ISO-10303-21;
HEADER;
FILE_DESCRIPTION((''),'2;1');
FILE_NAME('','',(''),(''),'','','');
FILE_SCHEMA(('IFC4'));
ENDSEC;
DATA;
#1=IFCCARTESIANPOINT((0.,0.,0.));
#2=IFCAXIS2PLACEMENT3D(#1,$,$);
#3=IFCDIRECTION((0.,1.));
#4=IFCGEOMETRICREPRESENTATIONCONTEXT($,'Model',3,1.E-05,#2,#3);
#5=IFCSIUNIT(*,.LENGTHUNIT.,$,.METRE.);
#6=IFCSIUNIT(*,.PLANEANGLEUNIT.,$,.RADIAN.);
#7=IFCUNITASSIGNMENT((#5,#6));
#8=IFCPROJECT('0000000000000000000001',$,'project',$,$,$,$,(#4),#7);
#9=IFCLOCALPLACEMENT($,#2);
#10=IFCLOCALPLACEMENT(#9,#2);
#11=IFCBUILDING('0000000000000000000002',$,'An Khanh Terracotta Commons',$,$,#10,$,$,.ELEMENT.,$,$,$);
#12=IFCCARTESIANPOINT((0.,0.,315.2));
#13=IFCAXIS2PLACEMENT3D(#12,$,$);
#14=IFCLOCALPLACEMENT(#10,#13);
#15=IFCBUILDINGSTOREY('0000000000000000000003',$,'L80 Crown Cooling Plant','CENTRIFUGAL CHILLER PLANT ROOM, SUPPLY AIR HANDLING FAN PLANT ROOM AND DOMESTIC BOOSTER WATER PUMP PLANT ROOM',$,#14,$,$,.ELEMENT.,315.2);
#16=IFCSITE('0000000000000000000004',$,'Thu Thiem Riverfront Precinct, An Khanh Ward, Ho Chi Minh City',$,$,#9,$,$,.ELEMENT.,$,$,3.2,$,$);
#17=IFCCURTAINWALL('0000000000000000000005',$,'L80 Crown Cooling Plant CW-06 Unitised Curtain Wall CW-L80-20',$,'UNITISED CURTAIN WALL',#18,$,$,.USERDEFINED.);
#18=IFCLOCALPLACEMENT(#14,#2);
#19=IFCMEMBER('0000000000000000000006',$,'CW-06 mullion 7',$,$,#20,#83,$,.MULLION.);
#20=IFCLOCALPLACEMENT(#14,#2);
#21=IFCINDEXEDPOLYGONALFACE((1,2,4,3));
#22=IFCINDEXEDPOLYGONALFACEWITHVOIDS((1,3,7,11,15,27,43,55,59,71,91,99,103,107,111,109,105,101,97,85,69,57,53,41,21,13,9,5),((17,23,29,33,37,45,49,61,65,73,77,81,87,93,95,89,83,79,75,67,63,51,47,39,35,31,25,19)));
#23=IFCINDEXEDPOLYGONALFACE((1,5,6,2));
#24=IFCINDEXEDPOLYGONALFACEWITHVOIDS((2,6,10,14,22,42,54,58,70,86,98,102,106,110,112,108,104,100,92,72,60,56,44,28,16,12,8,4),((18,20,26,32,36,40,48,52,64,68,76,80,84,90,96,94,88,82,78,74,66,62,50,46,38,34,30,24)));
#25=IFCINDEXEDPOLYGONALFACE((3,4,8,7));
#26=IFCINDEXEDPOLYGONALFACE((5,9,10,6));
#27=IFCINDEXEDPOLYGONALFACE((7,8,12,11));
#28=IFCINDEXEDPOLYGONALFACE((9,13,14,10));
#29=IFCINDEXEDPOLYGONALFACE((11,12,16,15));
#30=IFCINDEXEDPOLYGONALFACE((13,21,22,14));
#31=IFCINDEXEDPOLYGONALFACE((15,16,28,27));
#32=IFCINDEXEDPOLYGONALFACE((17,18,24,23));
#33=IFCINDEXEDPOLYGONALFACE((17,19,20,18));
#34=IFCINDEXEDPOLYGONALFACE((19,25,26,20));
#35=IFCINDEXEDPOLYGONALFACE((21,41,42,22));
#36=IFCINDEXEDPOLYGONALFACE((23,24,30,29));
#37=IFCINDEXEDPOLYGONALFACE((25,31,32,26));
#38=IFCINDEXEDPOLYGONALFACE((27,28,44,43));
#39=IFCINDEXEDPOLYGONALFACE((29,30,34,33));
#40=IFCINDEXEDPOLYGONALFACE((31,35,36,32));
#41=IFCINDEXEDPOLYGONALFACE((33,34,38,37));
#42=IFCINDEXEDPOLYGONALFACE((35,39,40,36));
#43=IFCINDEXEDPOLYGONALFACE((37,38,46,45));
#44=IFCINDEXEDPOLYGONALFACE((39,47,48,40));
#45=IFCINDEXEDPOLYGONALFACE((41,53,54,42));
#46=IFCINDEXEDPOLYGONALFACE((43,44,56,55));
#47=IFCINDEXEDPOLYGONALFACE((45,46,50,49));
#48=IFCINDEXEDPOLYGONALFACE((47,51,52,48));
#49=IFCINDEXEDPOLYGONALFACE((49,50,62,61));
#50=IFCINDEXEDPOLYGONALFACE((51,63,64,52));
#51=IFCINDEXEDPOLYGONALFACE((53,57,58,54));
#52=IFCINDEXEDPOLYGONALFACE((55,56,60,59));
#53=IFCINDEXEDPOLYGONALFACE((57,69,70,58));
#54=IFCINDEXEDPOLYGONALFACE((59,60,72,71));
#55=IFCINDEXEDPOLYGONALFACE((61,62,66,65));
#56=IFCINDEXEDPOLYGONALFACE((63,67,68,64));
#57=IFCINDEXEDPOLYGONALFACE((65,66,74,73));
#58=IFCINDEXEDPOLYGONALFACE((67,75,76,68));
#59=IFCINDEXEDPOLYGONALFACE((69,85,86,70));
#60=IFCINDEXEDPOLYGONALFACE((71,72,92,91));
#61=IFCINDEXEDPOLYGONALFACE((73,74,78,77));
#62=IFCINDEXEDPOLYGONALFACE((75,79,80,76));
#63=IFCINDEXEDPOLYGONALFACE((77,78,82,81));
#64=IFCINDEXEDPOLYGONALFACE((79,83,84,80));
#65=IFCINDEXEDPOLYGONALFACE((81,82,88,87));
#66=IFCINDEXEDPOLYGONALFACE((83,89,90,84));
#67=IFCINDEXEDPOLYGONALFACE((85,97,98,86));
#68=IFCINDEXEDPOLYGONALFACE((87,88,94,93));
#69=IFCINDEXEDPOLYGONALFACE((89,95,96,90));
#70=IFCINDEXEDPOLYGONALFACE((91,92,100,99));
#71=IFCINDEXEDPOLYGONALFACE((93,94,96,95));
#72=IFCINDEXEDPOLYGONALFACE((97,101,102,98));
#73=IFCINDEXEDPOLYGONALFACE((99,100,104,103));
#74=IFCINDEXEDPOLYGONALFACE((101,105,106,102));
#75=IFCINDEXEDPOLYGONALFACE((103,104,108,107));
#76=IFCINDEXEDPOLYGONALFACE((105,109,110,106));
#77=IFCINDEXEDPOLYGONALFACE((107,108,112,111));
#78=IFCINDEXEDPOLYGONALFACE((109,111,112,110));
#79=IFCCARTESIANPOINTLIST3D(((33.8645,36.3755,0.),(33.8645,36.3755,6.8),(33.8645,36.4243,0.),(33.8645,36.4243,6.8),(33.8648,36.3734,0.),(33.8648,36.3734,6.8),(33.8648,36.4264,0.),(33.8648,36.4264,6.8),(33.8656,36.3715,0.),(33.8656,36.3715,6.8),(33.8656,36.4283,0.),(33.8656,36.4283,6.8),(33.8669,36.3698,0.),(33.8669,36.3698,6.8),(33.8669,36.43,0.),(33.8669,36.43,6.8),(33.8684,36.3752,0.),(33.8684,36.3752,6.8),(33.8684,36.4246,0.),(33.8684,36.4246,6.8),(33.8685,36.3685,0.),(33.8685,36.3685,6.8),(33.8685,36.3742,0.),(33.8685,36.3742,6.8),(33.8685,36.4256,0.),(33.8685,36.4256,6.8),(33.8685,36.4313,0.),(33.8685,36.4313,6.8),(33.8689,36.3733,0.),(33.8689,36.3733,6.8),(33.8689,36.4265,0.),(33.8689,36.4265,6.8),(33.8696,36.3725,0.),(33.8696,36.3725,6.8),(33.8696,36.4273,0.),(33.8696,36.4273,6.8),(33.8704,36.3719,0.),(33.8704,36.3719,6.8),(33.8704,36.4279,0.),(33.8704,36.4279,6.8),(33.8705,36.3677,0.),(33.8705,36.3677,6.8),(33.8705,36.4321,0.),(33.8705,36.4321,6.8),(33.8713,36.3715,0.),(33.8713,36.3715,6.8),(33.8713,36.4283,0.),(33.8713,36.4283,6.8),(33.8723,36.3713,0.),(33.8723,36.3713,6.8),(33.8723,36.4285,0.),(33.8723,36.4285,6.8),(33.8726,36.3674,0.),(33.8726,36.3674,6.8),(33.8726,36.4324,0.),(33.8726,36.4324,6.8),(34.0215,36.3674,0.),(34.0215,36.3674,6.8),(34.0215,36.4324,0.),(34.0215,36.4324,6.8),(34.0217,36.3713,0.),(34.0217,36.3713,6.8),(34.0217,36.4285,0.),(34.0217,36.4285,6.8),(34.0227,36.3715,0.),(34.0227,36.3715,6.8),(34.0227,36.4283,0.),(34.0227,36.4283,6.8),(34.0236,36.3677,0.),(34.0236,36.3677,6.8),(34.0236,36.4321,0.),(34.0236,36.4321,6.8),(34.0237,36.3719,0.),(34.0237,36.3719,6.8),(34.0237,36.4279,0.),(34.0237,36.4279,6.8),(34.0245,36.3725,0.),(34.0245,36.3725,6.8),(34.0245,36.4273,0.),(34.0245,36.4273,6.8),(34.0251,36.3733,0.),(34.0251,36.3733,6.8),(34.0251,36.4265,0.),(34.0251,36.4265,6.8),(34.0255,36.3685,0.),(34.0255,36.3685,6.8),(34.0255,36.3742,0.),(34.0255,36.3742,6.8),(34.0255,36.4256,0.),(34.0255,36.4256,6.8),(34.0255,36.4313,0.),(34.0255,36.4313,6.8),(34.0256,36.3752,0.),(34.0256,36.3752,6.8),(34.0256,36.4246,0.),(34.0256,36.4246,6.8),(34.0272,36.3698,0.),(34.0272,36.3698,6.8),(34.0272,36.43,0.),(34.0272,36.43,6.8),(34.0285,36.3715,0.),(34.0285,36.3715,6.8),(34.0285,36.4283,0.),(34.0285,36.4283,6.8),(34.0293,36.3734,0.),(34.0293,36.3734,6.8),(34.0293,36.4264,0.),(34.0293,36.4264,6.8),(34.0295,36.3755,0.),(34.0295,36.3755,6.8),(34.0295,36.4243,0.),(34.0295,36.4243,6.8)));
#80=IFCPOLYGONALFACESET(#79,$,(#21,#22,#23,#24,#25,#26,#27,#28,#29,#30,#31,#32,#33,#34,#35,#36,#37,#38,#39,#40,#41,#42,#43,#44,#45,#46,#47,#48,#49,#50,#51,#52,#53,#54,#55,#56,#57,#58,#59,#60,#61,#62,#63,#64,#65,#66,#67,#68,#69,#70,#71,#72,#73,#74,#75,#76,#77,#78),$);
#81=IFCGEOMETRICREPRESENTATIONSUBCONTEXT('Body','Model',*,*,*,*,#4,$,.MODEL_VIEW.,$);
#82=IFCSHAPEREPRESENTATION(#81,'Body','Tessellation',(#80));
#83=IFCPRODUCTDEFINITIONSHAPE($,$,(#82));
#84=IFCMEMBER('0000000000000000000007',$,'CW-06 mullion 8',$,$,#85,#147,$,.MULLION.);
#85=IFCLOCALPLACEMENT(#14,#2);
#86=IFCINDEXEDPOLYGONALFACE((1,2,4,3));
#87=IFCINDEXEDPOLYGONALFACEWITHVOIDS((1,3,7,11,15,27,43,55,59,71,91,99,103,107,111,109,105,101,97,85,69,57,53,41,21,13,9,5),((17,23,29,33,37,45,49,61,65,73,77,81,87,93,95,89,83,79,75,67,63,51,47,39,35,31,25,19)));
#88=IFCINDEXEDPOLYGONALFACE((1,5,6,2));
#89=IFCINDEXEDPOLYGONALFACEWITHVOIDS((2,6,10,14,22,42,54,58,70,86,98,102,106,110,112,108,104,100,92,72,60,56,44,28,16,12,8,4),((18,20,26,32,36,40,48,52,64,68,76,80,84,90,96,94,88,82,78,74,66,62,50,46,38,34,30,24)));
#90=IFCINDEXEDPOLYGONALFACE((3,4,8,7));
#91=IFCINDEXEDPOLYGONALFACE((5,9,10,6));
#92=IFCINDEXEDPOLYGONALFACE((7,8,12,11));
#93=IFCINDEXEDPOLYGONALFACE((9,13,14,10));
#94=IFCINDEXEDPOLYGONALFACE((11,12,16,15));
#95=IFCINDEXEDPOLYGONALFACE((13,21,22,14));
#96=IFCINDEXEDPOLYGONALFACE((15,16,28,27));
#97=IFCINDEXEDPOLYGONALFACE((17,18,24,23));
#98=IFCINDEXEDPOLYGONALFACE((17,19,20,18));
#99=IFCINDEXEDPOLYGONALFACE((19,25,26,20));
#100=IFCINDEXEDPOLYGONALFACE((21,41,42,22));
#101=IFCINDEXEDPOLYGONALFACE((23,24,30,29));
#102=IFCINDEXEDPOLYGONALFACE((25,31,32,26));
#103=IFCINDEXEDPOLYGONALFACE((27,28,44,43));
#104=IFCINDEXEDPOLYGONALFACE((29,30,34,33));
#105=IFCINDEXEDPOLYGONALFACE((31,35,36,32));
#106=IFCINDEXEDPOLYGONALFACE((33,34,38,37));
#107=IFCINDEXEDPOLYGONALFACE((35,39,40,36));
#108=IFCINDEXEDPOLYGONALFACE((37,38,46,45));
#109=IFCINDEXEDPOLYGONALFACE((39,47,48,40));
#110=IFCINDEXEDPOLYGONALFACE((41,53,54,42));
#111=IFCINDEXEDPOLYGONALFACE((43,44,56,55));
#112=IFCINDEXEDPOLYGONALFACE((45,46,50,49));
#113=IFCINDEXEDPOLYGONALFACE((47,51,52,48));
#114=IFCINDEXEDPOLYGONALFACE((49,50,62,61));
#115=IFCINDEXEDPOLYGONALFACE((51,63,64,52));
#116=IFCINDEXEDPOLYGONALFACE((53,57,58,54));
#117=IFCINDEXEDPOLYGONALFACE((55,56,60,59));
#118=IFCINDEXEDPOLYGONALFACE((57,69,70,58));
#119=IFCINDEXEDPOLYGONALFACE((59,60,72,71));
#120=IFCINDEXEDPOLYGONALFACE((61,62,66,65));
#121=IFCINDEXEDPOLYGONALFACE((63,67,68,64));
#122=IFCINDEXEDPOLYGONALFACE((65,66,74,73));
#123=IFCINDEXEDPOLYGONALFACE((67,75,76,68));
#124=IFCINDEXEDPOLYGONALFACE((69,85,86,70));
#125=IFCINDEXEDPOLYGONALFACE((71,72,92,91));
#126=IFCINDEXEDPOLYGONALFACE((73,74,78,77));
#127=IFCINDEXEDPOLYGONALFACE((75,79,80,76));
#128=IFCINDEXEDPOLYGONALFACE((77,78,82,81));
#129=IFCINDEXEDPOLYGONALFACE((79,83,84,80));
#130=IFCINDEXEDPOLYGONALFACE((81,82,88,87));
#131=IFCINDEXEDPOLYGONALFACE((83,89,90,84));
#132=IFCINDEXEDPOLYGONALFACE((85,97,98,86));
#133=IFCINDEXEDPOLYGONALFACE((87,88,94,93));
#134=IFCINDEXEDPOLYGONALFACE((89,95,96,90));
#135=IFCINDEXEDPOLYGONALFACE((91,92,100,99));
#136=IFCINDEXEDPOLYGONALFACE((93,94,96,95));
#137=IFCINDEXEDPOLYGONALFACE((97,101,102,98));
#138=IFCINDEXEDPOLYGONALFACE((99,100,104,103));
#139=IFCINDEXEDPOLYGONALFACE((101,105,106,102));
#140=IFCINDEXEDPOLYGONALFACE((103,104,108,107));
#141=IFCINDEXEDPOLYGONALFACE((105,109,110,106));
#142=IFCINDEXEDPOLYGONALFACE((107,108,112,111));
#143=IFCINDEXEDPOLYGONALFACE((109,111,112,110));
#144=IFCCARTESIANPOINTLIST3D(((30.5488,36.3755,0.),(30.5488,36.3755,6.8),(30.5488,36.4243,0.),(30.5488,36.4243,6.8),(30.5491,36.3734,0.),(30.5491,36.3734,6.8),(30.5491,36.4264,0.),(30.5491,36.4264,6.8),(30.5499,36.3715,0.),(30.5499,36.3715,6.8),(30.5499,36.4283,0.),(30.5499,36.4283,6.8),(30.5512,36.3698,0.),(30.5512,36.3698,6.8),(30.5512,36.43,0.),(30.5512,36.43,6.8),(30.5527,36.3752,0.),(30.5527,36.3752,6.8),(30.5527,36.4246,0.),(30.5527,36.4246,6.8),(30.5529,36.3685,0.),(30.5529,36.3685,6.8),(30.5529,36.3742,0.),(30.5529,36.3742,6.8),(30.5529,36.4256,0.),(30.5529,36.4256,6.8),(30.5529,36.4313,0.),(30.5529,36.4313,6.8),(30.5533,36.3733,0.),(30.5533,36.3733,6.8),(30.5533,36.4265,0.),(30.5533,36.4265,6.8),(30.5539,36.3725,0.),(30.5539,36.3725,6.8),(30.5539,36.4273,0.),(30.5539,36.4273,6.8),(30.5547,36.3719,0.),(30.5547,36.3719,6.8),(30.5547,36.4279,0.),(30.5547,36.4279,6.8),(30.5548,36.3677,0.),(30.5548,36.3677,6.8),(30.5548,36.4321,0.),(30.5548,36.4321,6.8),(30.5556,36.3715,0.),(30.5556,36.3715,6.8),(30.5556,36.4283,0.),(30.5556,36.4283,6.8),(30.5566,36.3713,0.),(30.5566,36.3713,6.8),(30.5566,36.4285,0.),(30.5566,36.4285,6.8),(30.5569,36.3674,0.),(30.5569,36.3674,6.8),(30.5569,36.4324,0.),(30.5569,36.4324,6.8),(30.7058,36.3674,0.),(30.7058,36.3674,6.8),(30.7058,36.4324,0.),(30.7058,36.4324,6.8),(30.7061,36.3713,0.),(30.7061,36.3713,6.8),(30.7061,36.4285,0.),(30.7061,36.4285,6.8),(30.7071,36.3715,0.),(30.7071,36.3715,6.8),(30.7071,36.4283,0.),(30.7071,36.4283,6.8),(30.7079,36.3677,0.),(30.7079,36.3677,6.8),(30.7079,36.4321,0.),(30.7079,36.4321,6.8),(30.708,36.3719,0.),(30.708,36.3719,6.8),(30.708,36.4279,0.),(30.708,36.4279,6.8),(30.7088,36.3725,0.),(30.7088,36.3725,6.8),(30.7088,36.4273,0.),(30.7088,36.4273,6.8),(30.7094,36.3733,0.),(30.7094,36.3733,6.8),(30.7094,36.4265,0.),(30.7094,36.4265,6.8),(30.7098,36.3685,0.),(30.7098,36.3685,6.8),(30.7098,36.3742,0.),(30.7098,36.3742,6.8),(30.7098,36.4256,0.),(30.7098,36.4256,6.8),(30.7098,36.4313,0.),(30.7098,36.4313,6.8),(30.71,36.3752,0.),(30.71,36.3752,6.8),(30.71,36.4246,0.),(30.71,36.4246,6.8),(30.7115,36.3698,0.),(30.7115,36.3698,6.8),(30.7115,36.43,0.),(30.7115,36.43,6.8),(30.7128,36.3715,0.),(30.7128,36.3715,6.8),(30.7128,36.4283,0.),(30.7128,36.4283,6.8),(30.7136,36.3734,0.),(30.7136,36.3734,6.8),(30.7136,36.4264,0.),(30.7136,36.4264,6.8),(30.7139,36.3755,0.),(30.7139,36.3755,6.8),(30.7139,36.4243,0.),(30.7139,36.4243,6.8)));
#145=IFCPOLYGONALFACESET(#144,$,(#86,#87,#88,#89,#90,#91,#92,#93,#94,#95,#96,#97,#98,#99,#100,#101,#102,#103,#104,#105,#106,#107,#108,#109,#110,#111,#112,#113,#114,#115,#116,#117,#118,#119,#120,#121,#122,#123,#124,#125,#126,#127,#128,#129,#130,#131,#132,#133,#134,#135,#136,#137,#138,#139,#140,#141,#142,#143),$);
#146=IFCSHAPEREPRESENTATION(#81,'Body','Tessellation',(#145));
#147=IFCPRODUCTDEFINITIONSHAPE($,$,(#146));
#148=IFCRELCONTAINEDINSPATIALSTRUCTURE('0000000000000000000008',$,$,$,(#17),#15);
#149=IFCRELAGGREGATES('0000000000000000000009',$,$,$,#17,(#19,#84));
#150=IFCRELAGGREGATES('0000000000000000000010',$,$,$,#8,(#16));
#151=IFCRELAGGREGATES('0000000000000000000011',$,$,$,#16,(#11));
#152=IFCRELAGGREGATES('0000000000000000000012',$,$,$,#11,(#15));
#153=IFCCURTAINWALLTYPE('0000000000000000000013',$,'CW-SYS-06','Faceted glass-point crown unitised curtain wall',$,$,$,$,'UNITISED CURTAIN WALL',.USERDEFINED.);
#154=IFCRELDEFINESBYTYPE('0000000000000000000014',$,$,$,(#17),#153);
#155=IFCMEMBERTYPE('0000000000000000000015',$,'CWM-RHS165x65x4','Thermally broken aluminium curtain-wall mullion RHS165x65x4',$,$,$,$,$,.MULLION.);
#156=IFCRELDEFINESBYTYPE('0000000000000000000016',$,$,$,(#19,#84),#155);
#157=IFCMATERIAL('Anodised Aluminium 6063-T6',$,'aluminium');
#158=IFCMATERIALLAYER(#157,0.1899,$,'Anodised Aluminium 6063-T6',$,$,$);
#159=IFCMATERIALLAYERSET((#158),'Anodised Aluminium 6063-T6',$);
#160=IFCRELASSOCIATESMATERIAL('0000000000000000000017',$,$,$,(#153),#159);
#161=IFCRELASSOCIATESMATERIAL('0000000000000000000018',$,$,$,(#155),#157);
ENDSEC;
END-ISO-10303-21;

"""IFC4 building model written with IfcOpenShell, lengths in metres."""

from ifc_helpers import new_model, si_unit, direction, frame, origin, origin_2d, place, context, subcontext, project, spatial, hollow_rectangle, extrude, material, layer, layer_set, material_profile, profile_set, type_object, element, aggregate, save


model = new_model("IFC4")

# Units and contexts
model_context = context("Model", 3, precision=1e-05, world=origin(), true_north=direction((0.0, 1.0)))
body_context = subcontext(model_context, "Body", "Model", "MODEL_VIEW")
ifc_project = project(units=[si_unit("LENGTHUNIT", "METRE"), si_unit("PLANEANGLEUNIT", "RADIAN")], contexts=[model_context])

# Site, building, storey
site_placement = place(None, origin())
site = spatial("IfcSite", under=ifc_project, at=site_placement, Name="Thu Thiem Riverfront Precinct, An Khanh Ward, Ho Chi Minh City", CompositionType="ELEMENT", RefElevation=3.2)
building_placement = place(site_placement, origin())
building = spatial("IfcBuilding", under=site, at=building_placement, Name="An Khanh Terracotta Commons", CompositionType="ELEMENT")
storey_placement = place(building_placement, frame((0.0, 0.0, 315.2)))
storey = spatial("IfcBuildingStorey", under=building, at=storey_placement, Name="L80 Crown Cooling Plant", Description="CENTRIFUGAL CHILLER PLANT ROOM, SUPPLY AIR HANDLING FAN PLANT ROOM AND DOMESTIC BOOSTER WATER PUMP PLANT ROOM", CompositionType="ELEMENT", Elevation=315.2)

# Curtain wall, members
ifc_material_1 = material(Name="Anodised Aluminium 6063-T6", Category="aluminium")
ifc_layer_1 = layer(ifc_material_1, 0.1899, Name="Anodised Aluminium 6063-T6")
ifc_layer_set_1 = layer_set([ifc_layer_1], Name="Anodised Aluminium 6063-T6")
curtain_wall_type = type_object("IfcCurtainWallType", Name="CW-SYS-06", Description="Faceted glass-point crown unitised curtain wall", ElementType="UNITISED CURTAIN WALL", PredefinedType="USERDEFINED", material=ifc_layer_set_1)
curtain_wall_placement = place(storey_placement, origin())
curtain_wall = element("IfcCurtainWall", 1, at=curtain_wall_placement, inside=storey, type_object=curtain_wall_type, Name="L80 Crown Cooling Plant CW-06 Unitised Curtain Wall CW-L80-20", ObjectType="UNITISED CURTAIN WALL", PredefinedType="USERDEFINED")
ifc_material_profile_1 = material_profile(ifc_material_1, hollow_rectangle(XDim=0.0649, YDim=0.165, WallThickness=0.0039, InnerFilletRadius=0.0039, OuterFilletRadius=0.0081, at=origin_2d()), Name="RHS165x65x4")
ifc_profile_set_1 = profile_set([ifc_material_profile_1], Name="Anodised Aluminium 6063-T6")
member_type_1 = type_object("IfcMemberType", Name="CWM-RHS165x65x4", Description="Thermally broken aluminium curtain-wall mullion RHS165x65x4", PredefinedType="MULLION", material=ifc_profile_set_1)
member_1_placement = place(storey_placement, frame((33.947, 36.3999, 0.0), z_axis=(0.0, 0.0, 1.0), x_axis=(0.0, -1.0, 0.0)))
member_1 = element("IfcMember", 2, at=member_1_placement, type_object=member_type_1, Name="CW-06 mullion 7", PredefinedType="MULLION", context=body_context, shape_type="SweptSolid", body=[
    extrude(hollow_rectangle(XDim=0.0649, YDim=0.165, WallThickness=0.0039, InnerFilletRadius=0.0039, OuterFilletRadius=0.0081, at=origin_2d()), origin(), (0.0, 0.0, 1.0), 6.8),
])
member_2_placement = place(storey_placement, frame((30.6313, 36.3999, 0.0), z_axis=(0.0, 0.0, 1.0), x_axis=(0.0, -1.0, 0.0)))
member_2 = element("IfcMember", 3, at=member_2_placement, type_object=member_type_1, Name="CW-06 mullion 8", PredefinedType="MULLION", context=body_context, shape_type="SweptSolid", body=[
    extrude(hollow_rectangle(XDim=0.0649, YDim=0.165, WallThickness=0.0039, InnerFilletRadius=0.0039, OuterFilletRadius=0.0081, at=origin_2d()), origin(), (0.0, 0.0, 1.0), 6.8),
])
aggregate(curtain_wall, [member_1, member_2])

save(model, "model.ifc")
